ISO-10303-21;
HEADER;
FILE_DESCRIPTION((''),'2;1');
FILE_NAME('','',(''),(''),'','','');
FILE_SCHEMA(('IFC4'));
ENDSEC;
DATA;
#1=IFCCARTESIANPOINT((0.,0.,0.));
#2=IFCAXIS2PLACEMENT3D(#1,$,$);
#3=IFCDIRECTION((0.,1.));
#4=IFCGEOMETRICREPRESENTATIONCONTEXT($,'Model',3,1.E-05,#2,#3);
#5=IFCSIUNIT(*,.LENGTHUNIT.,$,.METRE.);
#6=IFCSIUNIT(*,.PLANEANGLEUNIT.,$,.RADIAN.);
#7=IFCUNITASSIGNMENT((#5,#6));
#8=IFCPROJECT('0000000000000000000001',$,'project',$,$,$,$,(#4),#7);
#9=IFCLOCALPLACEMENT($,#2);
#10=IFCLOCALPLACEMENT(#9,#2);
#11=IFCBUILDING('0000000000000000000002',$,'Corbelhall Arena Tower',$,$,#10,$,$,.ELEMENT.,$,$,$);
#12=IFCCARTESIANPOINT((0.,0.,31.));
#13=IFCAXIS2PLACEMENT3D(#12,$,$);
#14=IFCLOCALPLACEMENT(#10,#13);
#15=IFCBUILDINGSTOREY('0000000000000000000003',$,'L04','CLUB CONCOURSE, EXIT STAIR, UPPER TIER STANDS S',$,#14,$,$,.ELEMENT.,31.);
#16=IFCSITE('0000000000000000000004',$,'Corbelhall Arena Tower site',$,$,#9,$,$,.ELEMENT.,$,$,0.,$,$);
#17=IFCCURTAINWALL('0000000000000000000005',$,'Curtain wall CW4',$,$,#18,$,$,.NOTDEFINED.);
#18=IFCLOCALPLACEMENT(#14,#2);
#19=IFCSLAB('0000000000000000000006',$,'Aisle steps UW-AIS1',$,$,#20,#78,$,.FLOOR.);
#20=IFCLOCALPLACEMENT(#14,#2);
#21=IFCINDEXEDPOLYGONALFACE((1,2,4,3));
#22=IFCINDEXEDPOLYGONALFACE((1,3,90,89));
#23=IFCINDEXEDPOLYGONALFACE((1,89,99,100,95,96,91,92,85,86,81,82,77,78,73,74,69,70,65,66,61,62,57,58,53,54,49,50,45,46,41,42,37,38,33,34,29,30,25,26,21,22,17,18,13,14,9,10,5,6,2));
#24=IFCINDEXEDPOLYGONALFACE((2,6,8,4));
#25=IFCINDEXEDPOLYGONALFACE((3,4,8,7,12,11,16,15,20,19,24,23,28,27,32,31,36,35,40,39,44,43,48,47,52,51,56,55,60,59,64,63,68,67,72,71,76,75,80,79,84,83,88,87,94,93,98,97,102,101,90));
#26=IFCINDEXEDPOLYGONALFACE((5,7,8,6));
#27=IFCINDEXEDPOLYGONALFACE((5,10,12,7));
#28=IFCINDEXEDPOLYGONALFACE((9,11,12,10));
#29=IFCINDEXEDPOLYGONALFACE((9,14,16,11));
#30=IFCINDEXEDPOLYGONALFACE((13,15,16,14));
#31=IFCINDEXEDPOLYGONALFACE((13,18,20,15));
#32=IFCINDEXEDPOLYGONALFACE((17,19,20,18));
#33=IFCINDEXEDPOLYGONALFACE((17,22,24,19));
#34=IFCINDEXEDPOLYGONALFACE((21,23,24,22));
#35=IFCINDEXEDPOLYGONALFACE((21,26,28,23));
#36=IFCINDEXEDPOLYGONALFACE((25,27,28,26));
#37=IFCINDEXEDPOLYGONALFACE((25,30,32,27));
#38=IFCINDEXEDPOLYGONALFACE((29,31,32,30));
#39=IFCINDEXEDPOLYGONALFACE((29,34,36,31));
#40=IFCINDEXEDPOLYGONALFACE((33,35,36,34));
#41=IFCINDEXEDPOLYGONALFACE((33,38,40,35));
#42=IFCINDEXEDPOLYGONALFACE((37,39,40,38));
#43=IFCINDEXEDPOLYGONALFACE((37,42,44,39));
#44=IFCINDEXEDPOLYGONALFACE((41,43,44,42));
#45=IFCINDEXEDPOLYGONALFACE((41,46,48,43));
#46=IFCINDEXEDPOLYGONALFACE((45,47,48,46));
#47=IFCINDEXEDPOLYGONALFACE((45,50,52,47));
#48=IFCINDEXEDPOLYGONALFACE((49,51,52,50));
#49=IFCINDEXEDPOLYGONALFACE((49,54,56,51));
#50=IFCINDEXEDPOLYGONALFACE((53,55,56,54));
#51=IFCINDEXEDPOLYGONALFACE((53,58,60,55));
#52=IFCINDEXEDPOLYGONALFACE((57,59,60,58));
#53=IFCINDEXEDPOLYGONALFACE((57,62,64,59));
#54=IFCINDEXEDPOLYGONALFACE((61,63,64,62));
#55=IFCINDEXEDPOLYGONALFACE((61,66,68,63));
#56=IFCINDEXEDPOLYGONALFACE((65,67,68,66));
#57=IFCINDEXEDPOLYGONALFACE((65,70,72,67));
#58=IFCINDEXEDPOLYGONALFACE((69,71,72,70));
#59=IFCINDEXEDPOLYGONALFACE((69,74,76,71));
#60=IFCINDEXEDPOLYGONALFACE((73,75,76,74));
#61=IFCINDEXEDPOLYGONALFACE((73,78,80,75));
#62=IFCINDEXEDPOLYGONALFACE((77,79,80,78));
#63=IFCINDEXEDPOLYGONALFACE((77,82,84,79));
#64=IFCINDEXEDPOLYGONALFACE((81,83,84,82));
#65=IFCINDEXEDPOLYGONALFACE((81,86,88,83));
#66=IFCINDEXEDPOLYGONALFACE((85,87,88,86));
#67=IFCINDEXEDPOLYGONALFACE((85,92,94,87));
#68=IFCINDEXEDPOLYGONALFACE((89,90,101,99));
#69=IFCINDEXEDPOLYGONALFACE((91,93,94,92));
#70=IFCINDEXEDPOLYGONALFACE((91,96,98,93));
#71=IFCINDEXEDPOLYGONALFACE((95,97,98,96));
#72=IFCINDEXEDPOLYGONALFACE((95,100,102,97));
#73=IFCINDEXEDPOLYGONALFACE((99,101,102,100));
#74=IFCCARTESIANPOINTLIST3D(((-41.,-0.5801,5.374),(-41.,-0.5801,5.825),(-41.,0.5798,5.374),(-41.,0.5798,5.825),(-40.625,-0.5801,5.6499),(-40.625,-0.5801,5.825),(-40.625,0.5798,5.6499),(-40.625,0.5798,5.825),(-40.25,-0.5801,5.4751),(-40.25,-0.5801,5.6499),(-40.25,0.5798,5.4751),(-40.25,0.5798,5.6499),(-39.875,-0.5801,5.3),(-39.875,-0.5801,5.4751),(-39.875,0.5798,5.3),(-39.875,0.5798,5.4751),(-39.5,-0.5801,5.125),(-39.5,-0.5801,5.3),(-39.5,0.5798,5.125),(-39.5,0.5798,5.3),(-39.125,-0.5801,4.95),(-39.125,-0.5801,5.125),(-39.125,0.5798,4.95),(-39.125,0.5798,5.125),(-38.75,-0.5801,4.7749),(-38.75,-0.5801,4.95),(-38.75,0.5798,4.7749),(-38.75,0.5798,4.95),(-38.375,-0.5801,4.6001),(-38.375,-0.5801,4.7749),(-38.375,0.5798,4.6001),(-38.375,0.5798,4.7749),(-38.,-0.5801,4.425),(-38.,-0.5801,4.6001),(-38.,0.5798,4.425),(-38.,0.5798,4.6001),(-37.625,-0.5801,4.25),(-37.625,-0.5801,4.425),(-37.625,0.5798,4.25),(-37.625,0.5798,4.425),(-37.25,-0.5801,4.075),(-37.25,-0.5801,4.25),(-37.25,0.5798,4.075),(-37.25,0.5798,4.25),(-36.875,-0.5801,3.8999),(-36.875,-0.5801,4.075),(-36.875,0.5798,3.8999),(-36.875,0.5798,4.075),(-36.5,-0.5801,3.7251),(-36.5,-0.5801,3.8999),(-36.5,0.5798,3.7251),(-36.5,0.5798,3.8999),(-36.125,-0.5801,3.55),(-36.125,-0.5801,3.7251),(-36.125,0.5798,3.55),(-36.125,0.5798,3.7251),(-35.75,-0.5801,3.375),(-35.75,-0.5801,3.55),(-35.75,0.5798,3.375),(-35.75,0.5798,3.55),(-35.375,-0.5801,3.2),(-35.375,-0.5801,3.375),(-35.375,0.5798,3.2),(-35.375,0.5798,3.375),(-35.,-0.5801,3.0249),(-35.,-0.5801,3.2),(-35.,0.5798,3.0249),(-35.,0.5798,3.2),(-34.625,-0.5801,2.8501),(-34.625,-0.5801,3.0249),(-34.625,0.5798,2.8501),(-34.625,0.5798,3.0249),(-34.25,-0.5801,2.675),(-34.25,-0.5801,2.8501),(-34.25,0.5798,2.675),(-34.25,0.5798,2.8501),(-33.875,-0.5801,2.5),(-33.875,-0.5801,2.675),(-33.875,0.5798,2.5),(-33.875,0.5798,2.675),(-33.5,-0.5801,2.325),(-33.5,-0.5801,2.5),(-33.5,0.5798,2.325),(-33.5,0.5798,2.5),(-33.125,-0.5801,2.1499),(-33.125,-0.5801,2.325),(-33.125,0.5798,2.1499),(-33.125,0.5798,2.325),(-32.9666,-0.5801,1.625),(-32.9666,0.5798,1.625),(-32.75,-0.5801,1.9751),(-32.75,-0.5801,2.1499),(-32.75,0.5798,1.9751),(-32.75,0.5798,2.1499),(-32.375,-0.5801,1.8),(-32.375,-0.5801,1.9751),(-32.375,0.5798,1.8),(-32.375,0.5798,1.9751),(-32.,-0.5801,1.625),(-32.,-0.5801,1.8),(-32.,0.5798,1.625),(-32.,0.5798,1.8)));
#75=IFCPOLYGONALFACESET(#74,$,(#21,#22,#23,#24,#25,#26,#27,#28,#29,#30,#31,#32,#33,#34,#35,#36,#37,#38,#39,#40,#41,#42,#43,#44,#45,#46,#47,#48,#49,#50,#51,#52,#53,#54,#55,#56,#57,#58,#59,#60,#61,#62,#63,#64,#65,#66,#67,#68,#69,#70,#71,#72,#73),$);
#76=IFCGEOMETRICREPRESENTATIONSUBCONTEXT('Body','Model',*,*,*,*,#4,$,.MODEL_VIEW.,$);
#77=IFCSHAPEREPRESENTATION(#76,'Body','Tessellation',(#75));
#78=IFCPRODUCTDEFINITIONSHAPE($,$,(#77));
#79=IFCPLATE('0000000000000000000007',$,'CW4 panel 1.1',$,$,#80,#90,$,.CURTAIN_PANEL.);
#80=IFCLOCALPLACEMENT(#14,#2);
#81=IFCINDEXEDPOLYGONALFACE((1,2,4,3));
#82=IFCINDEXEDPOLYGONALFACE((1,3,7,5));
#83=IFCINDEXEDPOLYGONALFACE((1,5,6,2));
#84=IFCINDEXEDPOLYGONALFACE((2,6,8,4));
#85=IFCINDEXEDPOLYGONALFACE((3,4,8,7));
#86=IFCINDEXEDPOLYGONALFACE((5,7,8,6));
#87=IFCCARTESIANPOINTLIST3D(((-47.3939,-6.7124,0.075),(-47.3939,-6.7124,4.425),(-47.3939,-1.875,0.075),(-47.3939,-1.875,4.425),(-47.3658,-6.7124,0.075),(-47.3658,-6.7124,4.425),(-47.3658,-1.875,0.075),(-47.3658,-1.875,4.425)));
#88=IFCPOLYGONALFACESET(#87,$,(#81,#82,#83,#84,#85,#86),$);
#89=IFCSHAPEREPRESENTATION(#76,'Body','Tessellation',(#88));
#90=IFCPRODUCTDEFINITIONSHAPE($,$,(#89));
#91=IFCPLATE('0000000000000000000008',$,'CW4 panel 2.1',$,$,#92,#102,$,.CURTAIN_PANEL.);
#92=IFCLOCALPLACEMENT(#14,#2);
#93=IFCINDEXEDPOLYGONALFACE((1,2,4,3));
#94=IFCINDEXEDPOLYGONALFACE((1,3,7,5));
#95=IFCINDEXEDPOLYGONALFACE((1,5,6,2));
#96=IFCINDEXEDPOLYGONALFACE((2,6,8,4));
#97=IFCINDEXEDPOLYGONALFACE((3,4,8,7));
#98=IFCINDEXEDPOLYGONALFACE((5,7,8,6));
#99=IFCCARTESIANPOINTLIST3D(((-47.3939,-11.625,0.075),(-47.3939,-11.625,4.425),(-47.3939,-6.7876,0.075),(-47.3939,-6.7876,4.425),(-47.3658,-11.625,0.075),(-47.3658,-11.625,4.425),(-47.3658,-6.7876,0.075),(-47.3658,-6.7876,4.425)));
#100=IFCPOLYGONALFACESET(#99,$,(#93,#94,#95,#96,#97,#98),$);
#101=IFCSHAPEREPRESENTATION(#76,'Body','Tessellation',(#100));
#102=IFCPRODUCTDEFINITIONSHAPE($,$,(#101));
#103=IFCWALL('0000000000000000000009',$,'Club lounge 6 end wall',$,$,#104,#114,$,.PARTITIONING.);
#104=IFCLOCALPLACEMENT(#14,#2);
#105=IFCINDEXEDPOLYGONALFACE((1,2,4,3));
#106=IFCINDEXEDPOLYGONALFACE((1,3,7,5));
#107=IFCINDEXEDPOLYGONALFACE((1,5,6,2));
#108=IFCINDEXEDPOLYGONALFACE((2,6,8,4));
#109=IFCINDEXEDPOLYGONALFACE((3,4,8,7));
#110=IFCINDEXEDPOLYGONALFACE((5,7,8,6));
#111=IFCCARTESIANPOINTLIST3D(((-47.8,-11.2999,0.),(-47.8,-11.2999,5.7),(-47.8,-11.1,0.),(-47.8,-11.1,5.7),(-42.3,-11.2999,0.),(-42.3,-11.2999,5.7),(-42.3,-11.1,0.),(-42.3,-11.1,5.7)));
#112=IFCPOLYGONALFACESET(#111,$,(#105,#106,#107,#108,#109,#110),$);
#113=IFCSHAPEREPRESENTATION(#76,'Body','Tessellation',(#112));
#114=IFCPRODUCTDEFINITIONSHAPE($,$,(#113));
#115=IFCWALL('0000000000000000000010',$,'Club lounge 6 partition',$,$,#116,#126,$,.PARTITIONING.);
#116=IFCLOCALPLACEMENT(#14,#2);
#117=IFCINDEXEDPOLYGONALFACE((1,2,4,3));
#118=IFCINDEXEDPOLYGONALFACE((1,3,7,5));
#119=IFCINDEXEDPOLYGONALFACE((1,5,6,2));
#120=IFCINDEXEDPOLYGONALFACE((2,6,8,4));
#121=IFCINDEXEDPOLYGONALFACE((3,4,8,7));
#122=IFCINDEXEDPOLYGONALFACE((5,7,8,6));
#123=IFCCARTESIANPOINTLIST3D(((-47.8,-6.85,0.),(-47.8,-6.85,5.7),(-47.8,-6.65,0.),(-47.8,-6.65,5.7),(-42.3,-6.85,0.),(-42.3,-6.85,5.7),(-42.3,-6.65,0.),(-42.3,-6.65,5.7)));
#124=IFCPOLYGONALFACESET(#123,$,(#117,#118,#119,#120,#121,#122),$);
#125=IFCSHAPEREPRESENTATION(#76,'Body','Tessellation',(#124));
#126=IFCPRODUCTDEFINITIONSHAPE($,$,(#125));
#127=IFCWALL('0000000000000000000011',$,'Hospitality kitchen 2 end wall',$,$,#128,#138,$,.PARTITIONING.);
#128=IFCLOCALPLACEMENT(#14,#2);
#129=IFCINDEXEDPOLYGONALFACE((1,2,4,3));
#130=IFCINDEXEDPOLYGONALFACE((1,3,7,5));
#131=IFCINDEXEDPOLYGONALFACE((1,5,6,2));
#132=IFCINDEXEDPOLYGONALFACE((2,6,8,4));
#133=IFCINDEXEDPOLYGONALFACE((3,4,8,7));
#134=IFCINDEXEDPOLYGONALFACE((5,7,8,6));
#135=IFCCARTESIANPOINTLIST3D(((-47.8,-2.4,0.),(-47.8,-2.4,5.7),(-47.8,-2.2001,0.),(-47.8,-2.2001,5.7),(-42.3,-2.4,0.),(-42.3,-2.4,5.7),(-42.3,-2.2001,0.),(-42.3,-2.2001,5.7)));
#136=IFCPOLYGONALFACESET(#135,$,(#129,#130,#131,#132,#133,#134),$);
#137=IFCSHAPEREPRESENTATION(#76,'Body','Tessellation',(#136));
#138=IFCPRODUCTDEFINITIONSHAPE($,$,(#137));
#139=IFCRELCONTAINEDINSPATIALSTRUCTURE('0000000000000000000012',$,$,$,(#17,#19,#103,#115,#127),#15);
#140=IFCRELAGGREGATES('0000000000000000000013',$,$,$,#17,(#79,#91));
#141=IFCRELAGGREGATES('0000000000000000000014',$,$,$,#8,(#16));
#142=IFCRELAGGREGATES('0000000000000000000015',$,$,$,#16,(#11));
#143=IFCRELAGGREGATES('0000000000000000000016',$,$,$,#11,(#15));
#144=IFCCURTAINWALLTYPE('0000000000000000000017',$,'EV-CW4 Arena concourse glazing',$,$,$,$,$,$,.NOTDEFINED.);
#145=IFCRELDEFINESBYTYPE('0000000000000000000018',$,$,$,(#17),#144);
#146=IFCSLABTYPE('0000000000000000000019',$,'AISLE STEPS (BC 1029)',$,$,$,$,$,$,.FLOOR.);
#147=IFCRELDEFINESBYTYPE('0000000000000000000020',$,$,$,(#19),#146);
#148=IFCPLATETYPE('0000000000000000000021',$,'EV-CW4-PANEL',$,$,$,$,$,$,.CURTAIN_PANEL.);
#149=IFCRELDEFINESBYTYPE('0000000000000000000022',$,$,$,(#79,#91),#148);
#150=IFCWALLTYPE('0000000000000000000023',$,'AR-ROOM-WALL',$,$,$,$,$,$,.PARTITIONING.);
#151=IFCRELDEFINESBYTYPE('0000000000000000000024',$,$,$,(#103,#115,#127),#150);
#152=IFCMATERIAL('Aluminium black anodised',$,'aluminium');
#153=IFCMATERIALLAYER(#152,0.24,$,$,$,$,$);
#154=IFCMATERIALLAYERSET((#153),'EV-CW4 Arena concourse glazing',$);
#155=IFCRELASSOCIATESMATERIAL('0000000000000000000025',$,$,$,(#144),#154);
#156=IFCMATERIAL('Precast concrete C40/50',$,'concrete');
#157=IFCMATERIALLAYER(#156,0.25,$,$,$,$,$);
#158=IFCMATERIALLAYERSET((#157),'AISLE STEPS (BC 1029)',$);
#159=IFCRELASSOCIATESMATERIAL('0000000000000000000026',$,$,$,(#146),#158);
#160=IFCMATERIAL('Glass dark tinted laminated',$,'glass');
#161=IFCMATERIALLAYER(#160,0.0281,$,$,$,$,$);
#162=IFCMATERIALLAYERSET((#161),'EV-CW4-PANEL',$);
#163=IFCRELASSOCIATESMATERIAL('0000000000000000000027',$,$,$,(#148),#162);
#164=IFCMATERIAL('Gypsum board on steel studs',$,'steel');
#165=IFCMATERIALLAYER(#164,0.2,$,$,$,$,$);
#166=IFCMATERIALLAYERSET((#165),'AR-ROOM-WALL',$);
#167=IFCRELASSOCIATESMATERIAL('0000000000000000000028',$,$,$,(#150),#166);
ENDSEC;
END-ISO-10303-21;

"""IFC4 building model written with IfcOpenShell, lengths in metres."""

from ifc_helpers import new_model, si_unit, direction, frame, frame_2d, origin, origin_2d, place, context, subcontext, project, spatial, polyline, rectangle, outline, extrude, material, layer, layer_set, type_object, element, aggregate, save


model = new_model("IFC4")

# Units and contexts
model_context = context("Model", 3, precision=1e-05, world=origin(), true_north=direction((0.0, 1.0)))
body_context = subcontext(model_context, "Body", "Model", "MODEL_VIEW")
ifc_project = project(units=[si_unit("LENGTHUNIT", "METRE"), si_unit("PLANEANGLEUNIT", "RADIAN")], contexts=[model_context])

# Site, building, storey
site_placement = place(None, origin())
site = spatial("IfcSite", under=ifc_project, at=site_placement, Name="Corbelhall Arena Tower site", CompositionType="ELEMENT", RefElevation=0.0)
building_placement = place(site_placement, origin())
building = spatial("IfcBuilding", under=site, at=building_placement, Name="Corbelhall Arena Tower", CompositionType="ELEMENT")
storey_placement = place(building_placement, frame((0.0, 0.0, 31.0)))
storey = spatial("IfcBuildingStorey", under=building, at=storey_placement, Name="L04", Description="CLUB CONCOURSE, EXIT STAIR, UPPER TIER STANDS S", CompositionType="ELEMENT", Elevation=31.0)

# Curtain wall
ifc_material_1 = material(Name="Aluminium black anodised", Category="aluminium")
ifc_layer_1 = layer(ifc_material_1, 0.24)
ifc_layer_set_1 = layer_set([ifc_layer_1], Name="EV-CW4 Arena concourse glazing")
curtain_wall_type = type_object("IfcCurtainWallType", Name="EV-CW4 Arena concourse glazing", PredefinedType="NOTDEFINED", material=ifc_layer_set_1)
curtain_wall_placement = place(storey_placement, origin())
curtain_wall = element("IfcCurtainWall", 1, at=curtain_wall_placement, inside=storey, type_object=curtain_wall_type, Name="Curtain wall CW4", PredefinedType="NOTDEFINED")

# Slab
ifc_material_2 = material(Name="Precast concrete C40/50", Category="concrete")
ifc_layer_2 = layer(ifc_material_2, 0.25)
ifc_layer_set_2 = layer_set([ifc_layer_2], Name="AISLE STEPS (BC 1029)")
slab_type_1 = type_object("IfcSlabType", Name="AISLE STEPS (BC 1029)", PredefinedType="FLOOR", material=ifc_layer_set_2)
slab_1_placement = place(storey_placement, frame((-32.0, 0.0, 1.625), z_axis=(0.0, 0.0, 1.0), x_axis=(-1.0, 0.0, 0.0)))
element("IfcSlab", 2, at=slab_1_placement, inside=storey, type_object=slab_type_1, Name="Aisle steps UW-AIS1", PredefinedType="FLOOR", context=body_context, shape_type="SweptSolid", body=[
    extrude(outline(polyline([(0.0, 0.0), (0.0, 0.175), (0.375, 0.175), (0.375, 0.3501), (0.75, 0.3501), (0.75, 0.5249), (1.125, 0.5249), (1.125, 0.7), (1.5, 0.7), (1.5, 0.875), (1.875, 0.875), (1.875, 1.05), (2.25, 1.05), (2.25, 1.2251), (2.625, 1.2251), (2.625, 1.3999), (3.0, 1.3999), (3.0, 1.575), (3.375, 1.575), (3.375, 1.75), (3.75, 1.75), (3.75, 1.925), (4.125, 1.925), (4.125, 2.1001), (4.5, 2.1001), (4.5, 2.2749), (4.875, 2.2749), (4.875, 2.45), (5.25, 2.45), (5.25, 2.625), (5.625, 2.625), (5.625, 2.8), (6.0, 2.8), (6.0, 2.9751), (6.375, 2.9751), (6.375, 3.1499), (6.75, 3.1499), (6.75, 3.325), (7.125, 3.325), (7.125, 3.5), (7.5, 3.5), (7.5, 3.675), (7.875, 3.675), (7.875, 3.8501), (8.25, 3.8501), (8.25, 4.0249), (8.625, 4.0249), (8.625, 4.2), (9.0, 4.2), (9.0, 4.375), (9.0, 3.749), (0.9666, 0.0), (0.0, 0.0)])), frame((0.0, 0.5801, 0.0), z_axis=(0.0, -1.0, 0.0), x_axis=(1.0, 0.0, 0.0)), (0.0, 0.0, 1.0), 1.1599),
])

# Plates
ifc_material_3 = material(Name="Glass dark tinted laminated", Category="glass")
ifc_layer_3 = layer(ifc_material_3, 0.0281)
ifc_layer_set_3 = layer_set([ifc_layer_3], Name="EV-CW4-PANEL")
plate_type = type_object("IfcPlateType", Name="EV-CW4-PANEL", PredefinedType="CURTAIN_PANEL", material=ifc_layer_set_3)
plate_1_placement = place(storey_placement, frame((-47.3799, -4.2937, 0.075), z_axis=(0.0, 0.0, 1.0), x_axis=(0.0, -1.0, 0.0)))
plate_1 = element("IfcPlate", 3, at=plate_1_placement, type_object=plate_type, Name="CW4 panel 1.1", PredefinedType="CURTAIN_PANEL", context=body_context, shape_type="SweptSolid", body=[
    extrude(rectangle(XDim=4.8374, YDim=0.0281, at=origin_2d()), origin(), (0.0, 0.0, 1.0), 4.3501),
])
plate_2_placement = place(storey_placement, frame((-47.3799, -9.2063, 0.075), z_axis=(0.0, 0.0, 1.0), x_axis=(0.0, -1.0, 0.0)))
plate_2 = element("IfcPlate", 4, at=plate_2_placement, type_object=plate_type, Name="CW4 panel 2.1", PredefinedType="CURTAIN_PANEL", context=body_context, shape_type="SweptSolid", body=[
    extrude(rectangle(XDim=4.8374, YDim=0.0281, at=origin_2d()), origin(), (0.0, 0.0, 1.0), 4.3501),
])
aggregate(curtain_wall, [plate_1, plate_2])

# Shared definitions
ifc_material_4 = material(Name="Gypsum board on steel studs", Category="steel")
ifc_layer_4 = layer(ifc_material_4, 0.2)
ifc_layer_set_4 = layer_set([ifc_layer_4], Name="AR-ROOM-WALL")
wall_type = type_object("IfcWallType", Name="AR-ROOM-WALL", PredefinedType="PARTITIONING", material=ifc_layer_set_4)

# Walls
for number, where, z_axis, x_axis, name in (
    (5, (-42.3, -11.2, 0.0), (0.0, 0.0, 1.0), (-1.0, 0.0, 0.0), "Club lounge 6 end wall"),
    (6, (-47.8, -6.75, 0.0), (0.0, 0.0, 1.0), (1.0, 0.0, 0.0), "Club lounge 6 partition"),
):
    element("IfcWall", number, at=place(storey_placement, frame(where, z_axis=z_axis, x_axis=x_axis)), inside=storey, type_object=wall_type, Name=name, PredefinedType="PARTITIONING", context=body_context, shape_type="SweptSolid", body=[
        extrude(rectangle(XDim=5.5, YDim=0.2, at=frame_2d((2.75, 0.0))), origin(), (0.0, 0.0, 1.0), 5.7),
    ])

# Wall
wall_1_placement = place(storey_placement, frame((-42.3, -2.3, 0.0), z_axis=(0.0, 0.0, 1.0), x_axis=(-1.0, 0.0, 0.0)))
element("IfcWall", 7, at=wall_1_placement, inside=storey, type_object=wall_type, Name="Hospitality kitchen 2 end wall", PredefinedType="PARTITIONING", context=body_context, shape_type="SweptSolid", body=[
    extrude(rectangle(XDim=5.5, YDim=0.2, at=frame_2d((2.75, 0.0))), origin(), (0.0, 0.0, 1.0), 5.7),
])

save(model, "model.ifc")
